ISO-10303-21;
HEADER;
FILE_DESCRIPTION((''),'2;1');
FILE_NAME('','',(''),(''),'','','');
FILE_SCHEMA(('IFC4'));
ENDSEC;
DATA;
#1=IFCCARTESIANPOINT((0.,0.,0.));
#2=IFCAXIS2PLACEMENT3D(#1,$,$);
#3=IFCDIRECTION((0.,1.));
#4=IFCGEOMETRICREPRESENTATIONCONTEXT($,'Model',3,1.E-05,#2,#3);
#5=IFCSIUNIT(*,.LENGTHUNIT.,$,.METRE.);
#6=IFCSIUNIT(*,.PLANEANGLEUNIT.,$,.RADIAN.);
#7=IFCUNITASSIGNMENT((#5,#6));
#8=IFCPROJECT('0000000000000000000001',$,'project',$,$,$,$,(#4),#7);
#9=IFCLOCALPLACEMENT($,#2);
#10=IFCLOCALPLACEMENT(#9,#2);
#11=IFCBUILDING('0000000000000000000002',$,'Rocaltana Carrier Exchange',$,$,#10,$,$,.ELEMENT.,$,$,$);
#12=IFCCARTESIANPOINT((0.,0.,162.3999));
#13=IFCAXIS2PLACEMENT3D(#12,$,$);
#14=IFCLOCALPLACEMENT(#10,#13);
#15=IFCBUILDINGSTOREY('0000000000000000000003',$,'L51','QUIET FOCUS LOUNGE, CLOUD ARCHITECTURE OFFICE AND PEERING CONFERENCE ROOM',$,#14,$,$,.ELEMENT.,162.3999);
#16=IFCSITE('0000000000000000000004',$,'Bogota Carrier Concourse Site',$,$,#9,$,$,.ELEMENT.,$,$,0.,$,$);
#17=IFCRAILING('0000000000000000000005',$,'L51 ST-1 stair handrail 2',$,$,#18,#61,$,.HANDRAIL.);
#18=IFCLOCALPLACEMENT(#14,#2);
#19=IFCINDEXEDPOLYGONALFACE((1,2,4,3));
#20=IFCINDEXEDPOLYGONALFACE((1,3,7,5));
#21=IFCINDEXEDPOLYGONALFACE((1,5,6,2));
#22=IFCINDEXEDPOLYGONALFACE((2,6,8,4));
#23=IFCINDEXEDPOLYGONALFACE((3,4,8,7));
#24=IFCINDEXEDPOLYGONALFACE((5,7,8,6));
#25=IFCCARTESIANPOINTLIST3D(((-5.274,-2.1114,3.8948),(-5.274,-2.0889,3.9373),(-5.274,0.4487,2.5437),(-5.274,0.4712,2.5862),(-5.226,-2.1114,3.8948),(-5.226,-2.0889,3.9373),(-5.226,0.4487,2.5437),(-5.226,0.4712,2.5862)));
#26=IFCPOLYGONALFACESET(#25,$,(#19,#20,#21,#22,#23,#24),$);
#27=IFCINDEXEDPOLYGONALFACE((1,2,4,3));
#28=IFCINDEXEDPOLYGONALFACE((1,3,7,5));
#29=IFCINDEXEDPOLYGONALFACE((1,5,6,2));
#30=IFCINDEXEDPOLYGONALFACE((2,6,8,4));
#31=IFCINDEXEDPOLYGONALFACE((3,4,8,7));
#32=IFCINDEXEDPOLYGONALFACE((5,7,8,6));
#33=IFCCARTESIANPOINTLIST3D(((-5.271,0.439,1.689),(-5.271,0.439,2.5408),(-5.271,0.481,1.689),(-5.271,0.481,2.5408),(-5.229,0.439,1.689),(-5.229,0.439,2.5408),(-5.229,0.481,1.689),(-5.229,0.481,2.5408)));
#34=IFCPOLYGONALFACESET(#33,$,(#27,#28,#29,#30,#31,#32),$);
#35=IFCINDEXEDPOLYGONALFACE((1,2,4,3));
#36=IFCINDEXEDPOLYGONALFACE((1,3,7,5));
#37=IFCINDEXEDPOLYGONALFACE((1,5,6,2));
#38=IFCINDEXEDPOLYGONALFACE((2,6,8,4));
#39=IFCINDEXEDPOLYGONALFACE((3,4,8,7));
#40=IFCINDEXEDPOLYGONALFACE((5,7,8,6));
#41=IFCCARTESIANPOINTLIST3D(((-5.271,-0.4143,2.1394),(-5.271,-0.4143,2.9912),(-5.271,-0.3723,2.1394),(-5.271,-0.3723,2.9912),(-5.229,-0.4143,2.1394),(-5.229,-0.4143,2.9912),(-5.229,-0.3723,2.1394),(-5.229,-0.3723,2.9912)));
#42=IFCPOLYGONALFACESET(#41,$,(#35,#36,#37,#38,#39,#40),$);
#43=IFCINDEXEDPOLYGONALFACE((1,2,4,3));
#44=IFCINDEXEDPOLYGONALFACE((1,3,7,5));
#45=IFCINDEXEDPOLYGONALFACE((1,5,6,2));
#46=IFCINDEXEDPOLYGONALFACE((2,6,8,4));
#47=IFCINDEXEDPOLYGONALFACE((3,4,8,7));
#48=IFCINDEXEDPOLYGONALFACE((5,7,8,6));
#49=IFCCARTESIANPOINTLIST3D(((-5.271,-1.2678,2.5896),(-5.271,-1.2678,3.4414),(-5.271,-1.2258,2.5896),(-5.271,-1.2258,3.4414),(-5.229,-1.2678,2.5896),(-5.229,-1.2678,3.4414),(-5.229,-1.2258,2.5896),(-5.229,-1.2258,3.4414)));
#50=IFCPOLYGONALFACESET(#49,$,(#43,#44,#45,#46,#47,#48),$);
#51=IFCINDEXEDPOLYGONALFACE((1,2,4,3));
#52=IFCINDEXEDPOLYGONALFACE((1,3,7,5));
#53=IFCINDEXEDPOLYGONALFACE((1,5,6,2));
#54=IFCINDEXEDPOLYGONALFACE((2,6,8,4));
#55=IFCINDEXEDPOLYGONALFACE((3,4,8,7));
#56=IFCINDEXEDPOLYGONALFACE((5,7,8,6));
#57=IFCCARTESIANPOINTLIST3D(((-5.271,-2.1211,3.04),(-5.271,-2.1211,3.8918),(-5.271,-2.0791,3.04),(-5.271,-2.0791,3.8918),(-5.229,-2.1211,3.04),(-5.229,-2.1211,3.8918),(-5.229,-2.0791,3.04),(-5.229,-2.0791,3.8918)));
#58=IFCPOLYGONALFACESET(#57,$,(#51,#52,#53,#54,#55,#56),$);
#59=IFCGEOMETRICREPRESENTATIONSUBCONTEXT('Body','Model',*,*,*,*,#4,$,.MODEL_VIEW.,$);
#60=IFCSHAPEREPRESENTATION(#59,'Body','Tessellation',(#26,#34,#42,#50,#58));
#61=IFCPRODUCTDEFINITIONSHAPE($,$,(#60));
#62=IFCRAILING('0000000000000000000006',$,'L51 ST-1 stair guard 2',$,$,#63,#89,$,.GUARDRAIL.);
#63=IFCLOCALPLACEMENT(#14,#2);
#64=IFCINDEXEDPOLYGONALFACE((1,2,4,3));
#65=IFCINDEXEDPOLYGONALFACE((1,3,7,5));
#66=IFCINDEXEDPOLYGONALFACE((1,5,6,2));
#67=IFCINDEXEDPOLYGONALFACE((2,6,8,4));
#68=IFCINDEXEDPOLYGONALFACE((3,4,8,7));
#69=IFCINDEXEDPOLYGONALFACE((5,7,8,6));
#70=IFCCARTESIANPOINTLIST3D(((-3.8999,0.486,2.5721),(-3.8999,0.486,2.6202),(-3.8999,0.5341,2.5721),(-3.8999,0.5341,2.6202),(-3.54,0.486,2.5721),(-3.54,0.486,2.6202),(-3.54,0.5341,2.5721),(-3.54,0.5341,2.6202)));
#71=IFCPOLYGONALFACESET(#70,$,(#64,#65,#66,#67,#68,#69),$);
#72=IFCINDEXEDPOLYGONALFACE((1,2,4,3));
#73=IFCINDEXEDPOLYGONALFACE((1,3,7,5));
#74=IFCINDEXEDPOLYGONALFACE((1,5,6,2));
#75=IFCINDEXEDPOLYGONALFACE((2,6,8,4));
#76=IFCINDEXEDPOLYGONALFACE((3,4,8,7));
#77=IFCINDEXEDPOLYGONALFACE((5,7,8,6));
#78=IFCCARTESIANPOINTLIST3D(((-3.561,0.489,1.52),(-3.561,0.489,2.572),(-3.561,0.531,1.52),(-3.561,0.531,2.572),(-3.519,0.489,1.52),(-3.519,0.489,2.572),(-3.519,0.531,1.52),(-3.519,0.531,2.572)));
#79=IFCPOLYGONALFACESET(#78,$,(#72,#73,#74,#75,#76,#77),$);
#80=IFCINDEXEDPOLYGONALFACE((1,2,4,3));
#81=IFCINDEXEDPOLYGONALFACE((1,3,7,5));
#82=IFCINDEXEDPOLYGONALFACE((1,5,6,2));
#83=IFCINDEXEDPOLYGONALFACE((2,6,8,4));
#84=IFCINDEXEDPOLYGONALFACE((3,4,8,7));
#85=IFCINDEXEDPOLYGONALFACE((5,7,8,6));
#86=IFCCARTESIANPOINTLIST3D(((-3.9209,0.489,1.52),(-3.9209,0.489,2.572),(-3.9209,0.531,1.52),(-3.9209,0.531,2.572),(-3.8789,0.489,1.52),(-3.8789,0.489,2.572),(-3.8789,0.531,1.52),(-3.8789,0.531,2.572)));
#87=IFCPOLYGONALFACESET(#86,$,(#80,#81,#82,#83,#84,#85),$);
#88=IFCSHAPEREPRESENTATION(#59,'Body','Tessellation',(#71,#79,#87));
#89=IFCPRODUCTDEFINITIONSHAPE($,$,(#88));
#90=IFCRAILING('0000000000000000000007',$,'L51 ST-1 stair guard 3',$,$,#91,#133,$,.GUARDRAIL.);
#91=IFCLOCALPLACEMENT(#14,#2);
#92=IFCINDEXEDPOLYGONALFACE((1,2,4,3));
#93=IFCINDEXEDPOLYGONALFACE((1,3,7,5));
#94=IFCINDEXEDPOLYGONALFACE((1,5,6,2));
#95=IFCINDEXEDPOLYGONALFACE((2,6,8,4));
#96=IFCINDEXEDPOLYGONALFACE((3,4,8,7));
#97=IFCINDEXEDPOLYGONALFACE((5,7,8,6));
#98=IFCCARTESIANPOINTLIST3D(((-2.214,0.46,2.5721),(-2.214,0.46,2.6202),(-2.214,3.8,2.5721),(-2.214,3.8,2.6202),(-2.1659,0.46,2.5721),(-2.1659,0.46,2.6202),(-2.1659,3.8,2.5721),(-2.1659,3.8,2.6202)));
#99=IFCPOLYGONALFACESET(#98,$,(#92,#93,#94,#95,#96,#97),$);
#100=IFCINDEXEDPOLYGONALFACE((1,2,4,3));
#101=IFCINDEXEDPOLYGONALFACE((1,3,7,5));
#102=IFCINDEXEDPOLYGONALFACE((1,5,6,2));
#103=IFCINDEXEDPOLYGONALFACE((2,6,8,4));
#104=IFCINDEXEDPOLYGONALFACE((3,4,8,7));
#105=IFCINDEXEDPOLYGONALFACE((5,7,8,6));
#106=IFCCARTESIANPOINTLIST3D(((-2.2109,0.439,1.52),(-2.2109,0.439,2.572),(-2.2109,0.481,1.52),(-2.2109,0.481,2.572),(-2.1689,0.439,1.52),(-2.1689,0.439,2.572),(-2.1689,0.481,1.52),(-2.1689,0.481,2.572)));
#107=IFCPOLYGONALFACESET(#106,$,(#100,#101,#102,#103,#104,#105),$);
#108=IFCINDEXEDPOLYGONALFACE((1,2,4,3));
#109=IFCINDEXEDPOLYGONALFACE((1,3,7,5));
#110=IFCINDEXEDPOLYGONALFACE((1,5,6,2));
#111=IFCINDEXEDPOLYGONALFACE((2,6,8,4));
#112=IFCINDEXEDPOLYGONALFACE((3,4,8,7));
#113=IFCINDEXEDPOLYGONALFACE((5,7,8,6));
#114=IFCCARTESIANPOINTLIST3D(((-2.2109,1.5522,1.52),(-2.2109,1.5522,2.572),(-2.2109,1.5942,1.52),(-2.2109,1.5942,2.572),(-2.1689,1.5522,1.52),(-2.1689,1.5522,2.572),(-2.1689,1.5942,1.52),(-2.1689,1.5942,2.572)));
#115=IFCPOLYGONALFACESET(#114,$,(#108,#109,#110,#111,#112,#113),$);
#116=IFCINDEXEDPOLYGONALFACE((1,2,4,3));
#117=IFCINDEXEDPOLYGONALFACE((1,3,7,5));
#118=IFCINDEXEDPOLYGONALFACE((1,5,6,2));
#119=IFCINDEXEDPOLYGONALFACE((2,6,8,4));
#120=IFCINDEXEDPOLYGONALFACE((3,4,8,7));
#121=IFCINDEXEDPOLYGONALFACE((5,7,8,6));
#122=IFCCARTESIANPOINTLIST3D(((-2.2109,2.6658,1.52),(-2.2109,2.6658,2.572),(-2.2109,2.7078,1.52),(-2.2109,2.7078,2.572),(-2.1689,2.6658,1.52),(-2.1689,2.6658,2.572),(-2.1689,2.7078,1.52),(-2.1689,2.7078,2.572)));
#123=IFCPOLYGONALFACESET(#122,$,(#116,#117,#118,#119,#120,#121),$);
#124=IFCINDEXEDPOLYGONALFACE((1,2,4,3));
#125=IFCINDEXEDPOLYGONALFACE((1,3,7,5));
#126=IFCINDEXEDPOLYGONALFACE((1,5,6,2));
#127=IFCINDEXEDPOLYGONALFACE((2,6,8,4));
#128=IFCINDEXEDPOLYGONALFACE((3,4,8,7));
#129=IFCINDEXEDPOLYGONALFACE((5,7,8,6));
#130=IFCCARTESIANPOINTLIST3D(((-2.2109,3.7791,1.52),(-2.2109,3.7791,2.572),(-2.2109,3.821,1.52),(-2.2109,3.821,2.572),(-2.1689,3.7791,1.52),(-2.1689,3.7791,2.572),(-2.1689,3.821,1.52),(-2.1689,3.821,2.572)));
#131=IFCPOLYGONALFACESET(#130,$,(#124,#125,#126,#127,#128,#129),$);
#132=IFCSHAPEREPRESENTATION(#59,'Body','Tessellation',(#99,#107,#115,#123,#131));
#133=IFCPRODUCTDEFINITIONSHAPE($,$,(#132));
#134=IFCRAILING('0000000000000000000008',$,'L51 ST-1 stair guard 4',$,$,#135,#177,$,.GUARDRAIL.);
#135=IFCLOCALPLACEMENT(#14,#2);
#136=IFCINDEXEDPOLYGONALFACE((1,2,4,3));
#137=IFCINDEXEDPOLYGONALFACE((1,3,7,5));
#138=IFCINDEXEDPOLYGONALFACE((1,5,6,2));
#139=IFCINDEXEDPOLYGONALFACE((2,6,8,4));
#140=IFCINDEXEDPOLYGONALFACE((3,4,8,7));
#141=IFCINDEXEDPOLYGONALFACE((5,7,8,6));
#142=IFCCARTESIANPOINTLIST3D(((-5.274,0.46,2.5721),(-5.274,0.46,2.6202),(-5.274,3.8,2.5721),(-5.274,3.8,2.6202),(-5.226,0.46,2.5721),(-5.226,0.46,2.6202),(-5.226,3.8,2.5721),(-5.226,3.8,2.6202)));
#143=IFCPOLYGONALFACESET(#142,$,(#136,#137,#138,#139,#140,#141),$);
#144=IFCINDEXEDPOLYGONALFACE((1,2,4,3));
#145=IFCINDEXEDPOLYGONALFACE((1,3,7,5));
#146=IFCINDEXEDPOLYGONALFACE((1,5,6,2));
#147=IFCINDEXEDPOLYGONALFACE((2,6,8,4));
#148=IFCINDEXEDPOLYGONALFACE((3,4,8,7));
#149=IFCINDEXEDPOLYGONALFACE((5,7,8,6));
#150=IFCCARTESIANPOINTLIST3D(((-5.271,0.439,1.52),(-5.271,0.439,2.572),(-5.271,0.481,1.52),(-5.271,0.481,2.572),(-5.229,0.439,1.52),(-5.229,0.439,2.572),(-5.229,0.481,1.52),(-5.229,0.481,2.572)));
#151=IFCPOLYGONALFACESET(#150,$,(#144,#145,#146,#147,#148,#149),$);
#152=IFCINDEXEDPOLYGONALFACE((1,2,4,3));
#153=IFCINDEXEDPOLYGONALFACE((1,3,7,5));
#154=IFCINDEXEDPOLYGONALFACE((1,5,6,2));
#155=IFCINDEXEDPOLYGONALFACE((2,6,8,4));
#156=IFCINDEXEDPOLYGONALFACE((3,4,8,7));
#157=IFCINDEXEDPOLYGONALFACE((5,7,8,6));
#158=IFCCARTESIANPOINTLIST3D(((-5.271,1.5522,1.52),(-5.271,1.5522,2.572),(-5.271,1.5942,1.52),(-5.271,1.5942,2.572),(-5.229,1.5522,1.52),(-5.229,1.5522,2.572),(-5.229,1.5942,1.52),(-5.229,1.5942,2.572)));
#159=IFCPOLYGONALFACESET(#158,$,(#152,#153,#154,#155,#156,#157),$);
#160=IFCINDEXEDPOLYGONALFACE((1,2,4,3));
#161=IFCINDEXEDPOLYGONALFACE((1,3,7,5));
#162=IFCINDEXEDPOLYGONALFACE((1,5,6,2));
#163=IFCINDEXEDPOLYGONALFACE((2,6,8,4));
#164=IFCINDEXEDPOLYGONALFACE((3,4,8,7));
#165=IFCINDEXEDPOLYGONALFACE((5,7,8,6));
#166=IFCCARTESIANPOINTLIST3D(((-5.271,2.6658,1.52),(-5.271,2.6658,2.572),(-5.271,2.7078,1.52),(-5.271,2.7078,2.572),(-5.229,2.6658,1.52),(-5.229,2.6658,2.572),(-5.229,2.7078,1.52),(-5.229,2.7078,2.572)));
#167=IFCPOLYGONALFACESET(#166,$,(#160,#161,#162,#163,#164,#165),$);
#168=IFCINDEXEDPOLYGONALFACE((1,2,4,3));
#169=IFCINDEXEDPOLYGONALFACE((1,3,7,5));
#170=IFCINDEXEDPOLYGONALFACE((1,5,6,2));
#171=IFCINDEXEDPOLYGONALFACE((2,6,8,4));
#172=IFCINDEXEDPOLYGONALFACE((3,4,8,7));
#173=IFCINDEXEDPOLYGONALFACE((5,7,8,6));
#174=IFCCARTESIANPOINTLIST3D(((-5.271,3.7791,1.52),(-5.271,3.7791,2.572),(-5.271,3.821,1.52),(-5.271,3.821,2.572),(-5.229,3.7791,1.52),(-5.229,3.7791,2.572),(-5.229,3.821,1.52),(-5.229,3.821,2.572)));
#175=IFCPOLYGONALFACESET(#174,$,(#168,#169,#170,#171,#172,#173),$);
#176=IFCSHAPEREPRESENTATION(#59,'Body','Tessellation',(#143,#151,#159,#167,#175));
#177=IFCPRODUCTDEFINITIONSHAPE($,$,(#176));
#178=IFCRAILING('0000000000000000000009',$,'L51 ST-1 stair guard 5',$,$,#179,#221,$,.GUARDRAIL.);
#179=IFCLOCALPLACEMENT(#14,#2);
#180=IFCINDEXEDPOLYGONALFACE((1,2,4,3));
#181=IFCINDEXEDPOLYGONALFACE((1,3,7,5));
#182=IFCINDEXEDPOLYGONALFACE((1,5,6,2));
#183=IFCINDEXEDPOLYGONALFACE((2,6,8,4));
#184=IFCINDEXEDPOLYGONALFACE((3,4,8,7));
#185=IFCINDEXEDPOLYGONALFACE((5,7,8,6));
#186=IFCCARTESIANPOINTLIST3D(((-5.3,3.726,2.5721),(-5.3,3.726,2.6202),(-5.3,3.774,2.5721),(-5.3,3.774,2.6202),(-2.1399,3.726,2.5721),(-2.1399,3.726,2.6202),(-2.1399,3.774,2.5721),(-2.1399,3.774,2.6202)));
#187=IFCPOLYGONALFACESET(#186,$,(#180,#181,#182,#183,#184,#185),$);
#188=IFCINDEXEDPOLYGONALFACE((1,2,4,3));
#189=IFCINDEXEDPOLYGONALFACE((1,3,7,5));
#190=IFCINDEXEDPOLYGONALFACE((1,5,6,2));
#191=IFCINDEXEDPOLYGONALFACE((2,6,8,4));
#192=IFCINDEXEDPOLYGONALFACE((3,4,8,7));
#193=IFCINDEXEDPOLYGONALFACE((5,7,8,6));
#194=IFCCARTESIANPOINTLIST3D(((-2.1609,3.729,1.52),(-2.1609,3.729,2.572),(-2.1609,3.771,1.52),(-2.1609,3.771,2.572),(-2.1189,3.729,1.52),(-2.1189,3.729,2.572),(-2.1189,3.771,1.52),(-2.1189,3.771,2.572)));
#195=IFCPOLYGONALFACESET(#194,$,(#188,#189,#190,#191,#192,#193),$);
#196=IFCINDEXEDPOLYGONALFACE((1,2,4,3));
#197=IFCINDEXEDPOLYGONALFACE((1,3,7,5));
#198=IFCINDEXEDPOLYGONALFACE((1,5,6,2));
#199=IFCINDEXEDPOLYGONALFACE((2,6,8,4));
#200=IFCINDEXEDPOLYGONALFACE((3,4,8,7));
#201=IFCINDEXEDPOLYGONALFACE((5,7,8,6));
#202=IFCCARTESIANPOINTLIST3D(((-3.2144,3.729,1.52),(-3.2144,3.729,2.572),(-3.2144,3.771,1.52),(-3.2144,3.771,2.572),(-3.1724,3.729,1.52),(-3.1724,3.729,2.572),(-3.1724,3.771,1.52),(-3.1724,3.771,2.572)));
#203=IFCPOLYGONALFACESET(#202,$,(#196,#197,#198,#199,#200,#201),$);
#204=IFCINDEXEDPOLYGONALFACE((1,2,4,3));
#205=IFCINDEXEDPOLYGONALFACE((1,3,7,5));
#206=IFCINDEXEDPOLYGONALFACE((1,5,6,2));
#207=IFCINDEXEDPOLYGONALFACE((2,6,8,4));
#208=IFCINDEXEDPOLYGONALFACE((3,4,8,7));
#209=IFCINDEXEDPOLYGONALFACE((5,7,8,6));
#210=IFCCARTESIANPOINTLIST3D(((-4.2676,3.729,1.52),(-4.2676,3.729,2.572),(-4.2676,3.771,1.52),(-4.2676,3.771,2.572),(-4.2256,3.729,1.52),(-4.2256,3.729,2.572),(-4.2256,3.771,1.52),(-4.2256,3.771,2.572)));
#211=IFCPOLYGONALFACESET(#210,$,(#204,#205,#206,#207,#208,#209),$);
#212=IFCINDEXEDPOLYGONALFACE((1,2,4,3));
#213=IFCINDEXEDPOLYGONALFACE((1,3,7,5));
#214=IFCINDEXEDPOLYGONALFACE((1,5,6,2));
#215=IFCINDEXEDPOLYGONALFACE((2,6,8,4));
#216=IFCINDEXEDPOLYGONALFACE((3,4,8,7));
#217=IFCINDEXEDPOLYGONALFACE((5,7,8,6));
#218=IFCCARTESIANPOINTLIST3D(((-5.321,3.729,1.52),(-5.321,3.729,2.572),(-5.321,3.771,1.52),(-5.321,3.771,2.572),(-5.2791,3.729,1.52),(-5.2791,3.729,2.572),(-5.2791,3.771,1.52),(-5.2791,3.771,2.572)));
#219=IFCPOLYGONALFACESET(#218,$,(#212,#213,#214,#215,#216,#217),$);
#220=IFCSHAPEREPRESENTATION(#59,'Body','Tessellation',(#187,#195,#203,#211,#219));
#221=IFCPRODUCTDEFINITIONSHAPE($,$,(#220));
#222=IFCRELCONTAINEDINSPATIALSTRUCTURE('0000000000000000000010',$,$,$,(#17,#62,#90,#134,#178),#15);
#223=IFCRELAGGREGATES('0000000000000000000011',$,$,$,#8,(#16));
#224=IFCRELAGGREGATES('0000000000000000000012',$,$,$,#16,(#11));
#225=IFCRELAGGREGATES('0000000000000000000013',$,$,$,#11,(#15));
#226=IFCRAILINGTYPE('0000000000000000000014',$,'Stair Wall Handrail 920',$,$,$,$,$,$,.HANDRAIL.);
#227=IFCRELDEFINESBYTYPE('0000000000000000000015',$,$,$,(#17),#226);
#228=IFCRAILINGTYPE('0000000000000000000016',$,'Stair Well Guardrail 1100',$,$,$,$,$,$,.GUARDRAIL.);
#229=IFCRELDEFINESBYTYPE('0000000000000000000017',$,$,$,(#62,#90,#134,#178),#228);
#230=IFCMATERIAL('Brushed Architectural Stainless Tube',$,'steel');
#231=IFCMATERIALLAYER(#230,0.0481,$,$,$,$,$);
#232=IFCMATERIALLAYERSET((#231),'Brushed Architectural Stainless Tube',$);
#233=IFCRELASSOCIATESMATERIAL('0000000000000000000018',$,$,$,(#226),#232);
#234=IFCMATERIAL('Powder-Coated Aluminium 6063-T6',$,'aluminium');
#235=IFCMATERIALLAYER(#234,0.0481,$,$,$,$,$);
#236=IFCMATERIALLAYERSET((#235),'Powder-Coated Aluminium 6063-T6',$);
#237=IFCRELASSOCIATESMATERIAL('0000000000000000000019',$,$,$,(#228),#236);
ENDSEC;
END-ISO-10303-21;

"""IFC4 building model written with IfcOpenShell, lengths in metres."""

from ifc_helpers import new_model, si_unit, direction, frame, origin, origin_2d, place, context, subcontext, project, spatial, rectangle, extrude, material, layer, layer_set, type_object, element, save


model = new_model("IFC4")

# Units and contexts
model_context = context("Model", 3, precision=1e-05, world=origin(), true_north=direction((0.0, 1.0)))
body_context = subcontext(model_context, "Body", "Model", "MODEL_VIEW")
ifc_project = project(units=[si_unit("LENGTHUNIT", "METRE"), si_unit("PLANEANGLEUNIT", "RADIAN")], contexts=[model_context])

# Site, building, storey
site_placement = place(None, origin())
site = spatial("IfcSite", under=ifc_project, at=site_placement, Name="Bogota Carrier Concourse Site", CompositionType="ELEMENT", RefElevation=0.0)
building_placement = place(site_placement, origin())
building = spatial("IfcBuilding", under=site, at=building_placement, Name="Rocaltana Carrier Exchange", CompositionType="ELEMENT")
storey_placement = place(building_placement, frame((0.0, 0.0, 162.3999)))
storey = spatial("IfcBuildingStorey", under=building, at=storey_placement, Name="L51", Description="QUIET FOCUS LOUNGE, CLOUD ARCHITECTURE OFFICE AND PEERING CONFERENCE ROOM", CompositionType="ELEMENT", Elevation=162.3999)

# Railings
ifc_material_1 = material(Name="Brushed Architectural Stainless Tube", Category="steel")
ifc_layer_1 = layer(ifc_material_1, 0.0481)
ifc_layer_set_1 = layer_set([ifc_layer_1], Name="Brushed Architectural Stainless Tube")
railing_type_1 = type_object("IfcRailingType", Name="Stair Wall Handrail 920", PredefinedType="HANDRAIL", material=ifc_layer_set_1)
railing_1_placement = place(storey_placement, frame((-5.25, 0.46, 1.689)))
element("IfcRailing", 1, at=railing_1_placement, inside=storey, type_object=railing_type_1, Name="L51 ST-1 stair handrail 2", PredefinedType="HANDRAIL", context=body_context, shape_type="SweptSolid", body=[
    extrude(rectangle(XDim=0.0481, YDim=0.0481, at=origin_2d()), frame((0.0, 0.0, 0.876), z_axis=(0.0, -0.884394, 0.46674), x_axis=(1.0, 0.0, 0.0)), (0.0, 0.0, 1.0), 2.8948),
    extrude(rectangle(XDim=0.042, YDim=0.042, at=origin_2d()), origin(), (0.0, 0.0, 1.0), 0.8518),
    extrude(rectangle(XDim=0.042, YDim=0.042, at=origin_2d()), frame((0.0, -0.8533, 0.4504)), (0.0, 0.0, 1.0), 0.8518),
    extrude(rectangle(XDim=0.042, YDim=0.042, at=origin_2d()), frame((0.0, -1.7068, 0.9006)), (0.0, 0.0, 1.0), 0.8518),
    extrude(rectangle(XDim=0.042, YDim=0.042, at=origin_2d()), frame((0.0, -2.5601, 1.3511)), (0.0, 0.0, 1.0), 0.8518),
])
ifc_material_2 = material(Name="Powder-Coated Aluminium 6063-T6", Category="aluminium")
ifc_layer_2 = layer(ifc_material_2, 0.0481)
ifc_layer_set_2 = layer_set([ifc_layer_2], Name="Powder-Coated Aluminium 6063-T6")
railing_type_2 = type_object("IfcRailingType", Name="Stair Well Guardrail 1100", PredefinedType="GUARDRAIL", material=ifc_layer_set_2)
railing_2_placement = place(storey_placement, frame((-3.54, 0.51, 1.52)))
element("IfcRailing", 2, at=railing_2_placement, inside=storey, type_object=railing_type_2, Name="L51 ST-1 stair guard 2", PredefinedType="GUARDRAIL", context=body_context, shape_type="SweptSolid", body=[
    extrude(rectangle(XDim=0.0481, YDim=0.0481, at=origin_2d()), frame((0.0, 0.0, 1.0762), z_axis=(-1.0, 0.0, 0.0), x_axis=(0.0, -1.0, 0.0)), (0.0, 0.0, 1.0), 0.3599),
    extrude(rectangle(XDim=0.042, YDim=0.042, at=origin_2d()), origin(), (0.0, 0.0, 1.0), 1.052),
    extrude(rectangle(XDim=0.042, YDim=0.042, at=origin_2d()), frame((-0.3599, 0.0, 0.0)), (0.0, 0.0, 1.0), 1.052),
])
for number, where, name in (
    (3, (-2.1899, 0.46, 1.52), "L51 ST-1 stair guard 3"),
    (4, (-5.25, 0.46, 1.52), "L51 ST-1 stair guard 4"),
):
    element("IfcRailing", number, at=place(storey_placement, frame(where)), inside=storey, type_object=railing_type_2, Name=name, PredefinedType="GUARDRAIL", context=body_context, shape_type="SweptSolid", body=[
        extrude(rectangle(XDim=0.0481, YDim=0.0481, at=origin_2d()), frame((0.0, 0.0, 1.0762), z_axis=(0.0, 1.0, 0.0), x_axis=(-1.0, 0.0, 0.0)), (0.0, 0.0, 1.0), 3.3401),
        extrude(rectangle(XDim=0.042, YDim=0.042, at=origin_2d()), origin(), (0.0, 0.0, 1.0), 1.052),
        extrude(rectangle(XDim=0.042, YDim=0.042, at=origin_2d()), frame((0.0, 1.1133, 0.0)), (0.0, 0.0, 1.0), 1.052),
        extrude(rectangle(XDim=0.042, YDim=0.042, at=origin_2d()), frame((0.0, 2.2268, 0.0)), (0.0, 0.0, 1.0), 1.052),
        extrude(rectangle(XDim=0.042, YDim=0.042, at=origin_2d()), frame((0.0, 3.3401, 0.0)), (0.0, 0.0, 1.0), 1.052),
    ])
railing_3_placement = place(storey_placement, frame((-2.1399, 3.75, 1.52)))
element("IfcRailing", 5, at=railing_3_placement, inside=storey, type_object=railing_type_2, Name="L51 ST-1 stair guard 5", PredefinedType="GUARDRAIL", context=body_context, shape_type="SweptSolid", body=[
    extrude(rectangle(XDim=0.0481, YDim=0.0481, at=origin_2d()), frame((0.0, 0.0, 1.0762), z_axis=(-1.0, 0.0, 0.0), x_axis=(0.0, -1.0, 0.0)), (0.0, 0.0, 1.0), 3.1602),
    extrude(rectangle(XDim=0.042, YDim=0.042, at=origin_2d()), origin(), (0.0, 0.0, 1.0), 1.052),
    extrude(rectangle(XDim=0.042, YDim=0.042, at=origin_2d()), frame((-1.0535, 0.0, 0.0)), (0.0, 0.0, 1.0), 1.052),
    extrude(rectangle(XDim=0.042, YDim=0.042, at=origin_2d()), frame((-2.1067, 0.0, 0.0)), (0.0, 0.0, 1.0), 1.052),
    extrude(rectangle(XDim=0.042, YDim=0.042, at=origin_2d()), frame((-3.1602, 0.0, 0.0)), (0.0, 0.0, 1.0), 1.052),
])

save(model, "model.ifc")
